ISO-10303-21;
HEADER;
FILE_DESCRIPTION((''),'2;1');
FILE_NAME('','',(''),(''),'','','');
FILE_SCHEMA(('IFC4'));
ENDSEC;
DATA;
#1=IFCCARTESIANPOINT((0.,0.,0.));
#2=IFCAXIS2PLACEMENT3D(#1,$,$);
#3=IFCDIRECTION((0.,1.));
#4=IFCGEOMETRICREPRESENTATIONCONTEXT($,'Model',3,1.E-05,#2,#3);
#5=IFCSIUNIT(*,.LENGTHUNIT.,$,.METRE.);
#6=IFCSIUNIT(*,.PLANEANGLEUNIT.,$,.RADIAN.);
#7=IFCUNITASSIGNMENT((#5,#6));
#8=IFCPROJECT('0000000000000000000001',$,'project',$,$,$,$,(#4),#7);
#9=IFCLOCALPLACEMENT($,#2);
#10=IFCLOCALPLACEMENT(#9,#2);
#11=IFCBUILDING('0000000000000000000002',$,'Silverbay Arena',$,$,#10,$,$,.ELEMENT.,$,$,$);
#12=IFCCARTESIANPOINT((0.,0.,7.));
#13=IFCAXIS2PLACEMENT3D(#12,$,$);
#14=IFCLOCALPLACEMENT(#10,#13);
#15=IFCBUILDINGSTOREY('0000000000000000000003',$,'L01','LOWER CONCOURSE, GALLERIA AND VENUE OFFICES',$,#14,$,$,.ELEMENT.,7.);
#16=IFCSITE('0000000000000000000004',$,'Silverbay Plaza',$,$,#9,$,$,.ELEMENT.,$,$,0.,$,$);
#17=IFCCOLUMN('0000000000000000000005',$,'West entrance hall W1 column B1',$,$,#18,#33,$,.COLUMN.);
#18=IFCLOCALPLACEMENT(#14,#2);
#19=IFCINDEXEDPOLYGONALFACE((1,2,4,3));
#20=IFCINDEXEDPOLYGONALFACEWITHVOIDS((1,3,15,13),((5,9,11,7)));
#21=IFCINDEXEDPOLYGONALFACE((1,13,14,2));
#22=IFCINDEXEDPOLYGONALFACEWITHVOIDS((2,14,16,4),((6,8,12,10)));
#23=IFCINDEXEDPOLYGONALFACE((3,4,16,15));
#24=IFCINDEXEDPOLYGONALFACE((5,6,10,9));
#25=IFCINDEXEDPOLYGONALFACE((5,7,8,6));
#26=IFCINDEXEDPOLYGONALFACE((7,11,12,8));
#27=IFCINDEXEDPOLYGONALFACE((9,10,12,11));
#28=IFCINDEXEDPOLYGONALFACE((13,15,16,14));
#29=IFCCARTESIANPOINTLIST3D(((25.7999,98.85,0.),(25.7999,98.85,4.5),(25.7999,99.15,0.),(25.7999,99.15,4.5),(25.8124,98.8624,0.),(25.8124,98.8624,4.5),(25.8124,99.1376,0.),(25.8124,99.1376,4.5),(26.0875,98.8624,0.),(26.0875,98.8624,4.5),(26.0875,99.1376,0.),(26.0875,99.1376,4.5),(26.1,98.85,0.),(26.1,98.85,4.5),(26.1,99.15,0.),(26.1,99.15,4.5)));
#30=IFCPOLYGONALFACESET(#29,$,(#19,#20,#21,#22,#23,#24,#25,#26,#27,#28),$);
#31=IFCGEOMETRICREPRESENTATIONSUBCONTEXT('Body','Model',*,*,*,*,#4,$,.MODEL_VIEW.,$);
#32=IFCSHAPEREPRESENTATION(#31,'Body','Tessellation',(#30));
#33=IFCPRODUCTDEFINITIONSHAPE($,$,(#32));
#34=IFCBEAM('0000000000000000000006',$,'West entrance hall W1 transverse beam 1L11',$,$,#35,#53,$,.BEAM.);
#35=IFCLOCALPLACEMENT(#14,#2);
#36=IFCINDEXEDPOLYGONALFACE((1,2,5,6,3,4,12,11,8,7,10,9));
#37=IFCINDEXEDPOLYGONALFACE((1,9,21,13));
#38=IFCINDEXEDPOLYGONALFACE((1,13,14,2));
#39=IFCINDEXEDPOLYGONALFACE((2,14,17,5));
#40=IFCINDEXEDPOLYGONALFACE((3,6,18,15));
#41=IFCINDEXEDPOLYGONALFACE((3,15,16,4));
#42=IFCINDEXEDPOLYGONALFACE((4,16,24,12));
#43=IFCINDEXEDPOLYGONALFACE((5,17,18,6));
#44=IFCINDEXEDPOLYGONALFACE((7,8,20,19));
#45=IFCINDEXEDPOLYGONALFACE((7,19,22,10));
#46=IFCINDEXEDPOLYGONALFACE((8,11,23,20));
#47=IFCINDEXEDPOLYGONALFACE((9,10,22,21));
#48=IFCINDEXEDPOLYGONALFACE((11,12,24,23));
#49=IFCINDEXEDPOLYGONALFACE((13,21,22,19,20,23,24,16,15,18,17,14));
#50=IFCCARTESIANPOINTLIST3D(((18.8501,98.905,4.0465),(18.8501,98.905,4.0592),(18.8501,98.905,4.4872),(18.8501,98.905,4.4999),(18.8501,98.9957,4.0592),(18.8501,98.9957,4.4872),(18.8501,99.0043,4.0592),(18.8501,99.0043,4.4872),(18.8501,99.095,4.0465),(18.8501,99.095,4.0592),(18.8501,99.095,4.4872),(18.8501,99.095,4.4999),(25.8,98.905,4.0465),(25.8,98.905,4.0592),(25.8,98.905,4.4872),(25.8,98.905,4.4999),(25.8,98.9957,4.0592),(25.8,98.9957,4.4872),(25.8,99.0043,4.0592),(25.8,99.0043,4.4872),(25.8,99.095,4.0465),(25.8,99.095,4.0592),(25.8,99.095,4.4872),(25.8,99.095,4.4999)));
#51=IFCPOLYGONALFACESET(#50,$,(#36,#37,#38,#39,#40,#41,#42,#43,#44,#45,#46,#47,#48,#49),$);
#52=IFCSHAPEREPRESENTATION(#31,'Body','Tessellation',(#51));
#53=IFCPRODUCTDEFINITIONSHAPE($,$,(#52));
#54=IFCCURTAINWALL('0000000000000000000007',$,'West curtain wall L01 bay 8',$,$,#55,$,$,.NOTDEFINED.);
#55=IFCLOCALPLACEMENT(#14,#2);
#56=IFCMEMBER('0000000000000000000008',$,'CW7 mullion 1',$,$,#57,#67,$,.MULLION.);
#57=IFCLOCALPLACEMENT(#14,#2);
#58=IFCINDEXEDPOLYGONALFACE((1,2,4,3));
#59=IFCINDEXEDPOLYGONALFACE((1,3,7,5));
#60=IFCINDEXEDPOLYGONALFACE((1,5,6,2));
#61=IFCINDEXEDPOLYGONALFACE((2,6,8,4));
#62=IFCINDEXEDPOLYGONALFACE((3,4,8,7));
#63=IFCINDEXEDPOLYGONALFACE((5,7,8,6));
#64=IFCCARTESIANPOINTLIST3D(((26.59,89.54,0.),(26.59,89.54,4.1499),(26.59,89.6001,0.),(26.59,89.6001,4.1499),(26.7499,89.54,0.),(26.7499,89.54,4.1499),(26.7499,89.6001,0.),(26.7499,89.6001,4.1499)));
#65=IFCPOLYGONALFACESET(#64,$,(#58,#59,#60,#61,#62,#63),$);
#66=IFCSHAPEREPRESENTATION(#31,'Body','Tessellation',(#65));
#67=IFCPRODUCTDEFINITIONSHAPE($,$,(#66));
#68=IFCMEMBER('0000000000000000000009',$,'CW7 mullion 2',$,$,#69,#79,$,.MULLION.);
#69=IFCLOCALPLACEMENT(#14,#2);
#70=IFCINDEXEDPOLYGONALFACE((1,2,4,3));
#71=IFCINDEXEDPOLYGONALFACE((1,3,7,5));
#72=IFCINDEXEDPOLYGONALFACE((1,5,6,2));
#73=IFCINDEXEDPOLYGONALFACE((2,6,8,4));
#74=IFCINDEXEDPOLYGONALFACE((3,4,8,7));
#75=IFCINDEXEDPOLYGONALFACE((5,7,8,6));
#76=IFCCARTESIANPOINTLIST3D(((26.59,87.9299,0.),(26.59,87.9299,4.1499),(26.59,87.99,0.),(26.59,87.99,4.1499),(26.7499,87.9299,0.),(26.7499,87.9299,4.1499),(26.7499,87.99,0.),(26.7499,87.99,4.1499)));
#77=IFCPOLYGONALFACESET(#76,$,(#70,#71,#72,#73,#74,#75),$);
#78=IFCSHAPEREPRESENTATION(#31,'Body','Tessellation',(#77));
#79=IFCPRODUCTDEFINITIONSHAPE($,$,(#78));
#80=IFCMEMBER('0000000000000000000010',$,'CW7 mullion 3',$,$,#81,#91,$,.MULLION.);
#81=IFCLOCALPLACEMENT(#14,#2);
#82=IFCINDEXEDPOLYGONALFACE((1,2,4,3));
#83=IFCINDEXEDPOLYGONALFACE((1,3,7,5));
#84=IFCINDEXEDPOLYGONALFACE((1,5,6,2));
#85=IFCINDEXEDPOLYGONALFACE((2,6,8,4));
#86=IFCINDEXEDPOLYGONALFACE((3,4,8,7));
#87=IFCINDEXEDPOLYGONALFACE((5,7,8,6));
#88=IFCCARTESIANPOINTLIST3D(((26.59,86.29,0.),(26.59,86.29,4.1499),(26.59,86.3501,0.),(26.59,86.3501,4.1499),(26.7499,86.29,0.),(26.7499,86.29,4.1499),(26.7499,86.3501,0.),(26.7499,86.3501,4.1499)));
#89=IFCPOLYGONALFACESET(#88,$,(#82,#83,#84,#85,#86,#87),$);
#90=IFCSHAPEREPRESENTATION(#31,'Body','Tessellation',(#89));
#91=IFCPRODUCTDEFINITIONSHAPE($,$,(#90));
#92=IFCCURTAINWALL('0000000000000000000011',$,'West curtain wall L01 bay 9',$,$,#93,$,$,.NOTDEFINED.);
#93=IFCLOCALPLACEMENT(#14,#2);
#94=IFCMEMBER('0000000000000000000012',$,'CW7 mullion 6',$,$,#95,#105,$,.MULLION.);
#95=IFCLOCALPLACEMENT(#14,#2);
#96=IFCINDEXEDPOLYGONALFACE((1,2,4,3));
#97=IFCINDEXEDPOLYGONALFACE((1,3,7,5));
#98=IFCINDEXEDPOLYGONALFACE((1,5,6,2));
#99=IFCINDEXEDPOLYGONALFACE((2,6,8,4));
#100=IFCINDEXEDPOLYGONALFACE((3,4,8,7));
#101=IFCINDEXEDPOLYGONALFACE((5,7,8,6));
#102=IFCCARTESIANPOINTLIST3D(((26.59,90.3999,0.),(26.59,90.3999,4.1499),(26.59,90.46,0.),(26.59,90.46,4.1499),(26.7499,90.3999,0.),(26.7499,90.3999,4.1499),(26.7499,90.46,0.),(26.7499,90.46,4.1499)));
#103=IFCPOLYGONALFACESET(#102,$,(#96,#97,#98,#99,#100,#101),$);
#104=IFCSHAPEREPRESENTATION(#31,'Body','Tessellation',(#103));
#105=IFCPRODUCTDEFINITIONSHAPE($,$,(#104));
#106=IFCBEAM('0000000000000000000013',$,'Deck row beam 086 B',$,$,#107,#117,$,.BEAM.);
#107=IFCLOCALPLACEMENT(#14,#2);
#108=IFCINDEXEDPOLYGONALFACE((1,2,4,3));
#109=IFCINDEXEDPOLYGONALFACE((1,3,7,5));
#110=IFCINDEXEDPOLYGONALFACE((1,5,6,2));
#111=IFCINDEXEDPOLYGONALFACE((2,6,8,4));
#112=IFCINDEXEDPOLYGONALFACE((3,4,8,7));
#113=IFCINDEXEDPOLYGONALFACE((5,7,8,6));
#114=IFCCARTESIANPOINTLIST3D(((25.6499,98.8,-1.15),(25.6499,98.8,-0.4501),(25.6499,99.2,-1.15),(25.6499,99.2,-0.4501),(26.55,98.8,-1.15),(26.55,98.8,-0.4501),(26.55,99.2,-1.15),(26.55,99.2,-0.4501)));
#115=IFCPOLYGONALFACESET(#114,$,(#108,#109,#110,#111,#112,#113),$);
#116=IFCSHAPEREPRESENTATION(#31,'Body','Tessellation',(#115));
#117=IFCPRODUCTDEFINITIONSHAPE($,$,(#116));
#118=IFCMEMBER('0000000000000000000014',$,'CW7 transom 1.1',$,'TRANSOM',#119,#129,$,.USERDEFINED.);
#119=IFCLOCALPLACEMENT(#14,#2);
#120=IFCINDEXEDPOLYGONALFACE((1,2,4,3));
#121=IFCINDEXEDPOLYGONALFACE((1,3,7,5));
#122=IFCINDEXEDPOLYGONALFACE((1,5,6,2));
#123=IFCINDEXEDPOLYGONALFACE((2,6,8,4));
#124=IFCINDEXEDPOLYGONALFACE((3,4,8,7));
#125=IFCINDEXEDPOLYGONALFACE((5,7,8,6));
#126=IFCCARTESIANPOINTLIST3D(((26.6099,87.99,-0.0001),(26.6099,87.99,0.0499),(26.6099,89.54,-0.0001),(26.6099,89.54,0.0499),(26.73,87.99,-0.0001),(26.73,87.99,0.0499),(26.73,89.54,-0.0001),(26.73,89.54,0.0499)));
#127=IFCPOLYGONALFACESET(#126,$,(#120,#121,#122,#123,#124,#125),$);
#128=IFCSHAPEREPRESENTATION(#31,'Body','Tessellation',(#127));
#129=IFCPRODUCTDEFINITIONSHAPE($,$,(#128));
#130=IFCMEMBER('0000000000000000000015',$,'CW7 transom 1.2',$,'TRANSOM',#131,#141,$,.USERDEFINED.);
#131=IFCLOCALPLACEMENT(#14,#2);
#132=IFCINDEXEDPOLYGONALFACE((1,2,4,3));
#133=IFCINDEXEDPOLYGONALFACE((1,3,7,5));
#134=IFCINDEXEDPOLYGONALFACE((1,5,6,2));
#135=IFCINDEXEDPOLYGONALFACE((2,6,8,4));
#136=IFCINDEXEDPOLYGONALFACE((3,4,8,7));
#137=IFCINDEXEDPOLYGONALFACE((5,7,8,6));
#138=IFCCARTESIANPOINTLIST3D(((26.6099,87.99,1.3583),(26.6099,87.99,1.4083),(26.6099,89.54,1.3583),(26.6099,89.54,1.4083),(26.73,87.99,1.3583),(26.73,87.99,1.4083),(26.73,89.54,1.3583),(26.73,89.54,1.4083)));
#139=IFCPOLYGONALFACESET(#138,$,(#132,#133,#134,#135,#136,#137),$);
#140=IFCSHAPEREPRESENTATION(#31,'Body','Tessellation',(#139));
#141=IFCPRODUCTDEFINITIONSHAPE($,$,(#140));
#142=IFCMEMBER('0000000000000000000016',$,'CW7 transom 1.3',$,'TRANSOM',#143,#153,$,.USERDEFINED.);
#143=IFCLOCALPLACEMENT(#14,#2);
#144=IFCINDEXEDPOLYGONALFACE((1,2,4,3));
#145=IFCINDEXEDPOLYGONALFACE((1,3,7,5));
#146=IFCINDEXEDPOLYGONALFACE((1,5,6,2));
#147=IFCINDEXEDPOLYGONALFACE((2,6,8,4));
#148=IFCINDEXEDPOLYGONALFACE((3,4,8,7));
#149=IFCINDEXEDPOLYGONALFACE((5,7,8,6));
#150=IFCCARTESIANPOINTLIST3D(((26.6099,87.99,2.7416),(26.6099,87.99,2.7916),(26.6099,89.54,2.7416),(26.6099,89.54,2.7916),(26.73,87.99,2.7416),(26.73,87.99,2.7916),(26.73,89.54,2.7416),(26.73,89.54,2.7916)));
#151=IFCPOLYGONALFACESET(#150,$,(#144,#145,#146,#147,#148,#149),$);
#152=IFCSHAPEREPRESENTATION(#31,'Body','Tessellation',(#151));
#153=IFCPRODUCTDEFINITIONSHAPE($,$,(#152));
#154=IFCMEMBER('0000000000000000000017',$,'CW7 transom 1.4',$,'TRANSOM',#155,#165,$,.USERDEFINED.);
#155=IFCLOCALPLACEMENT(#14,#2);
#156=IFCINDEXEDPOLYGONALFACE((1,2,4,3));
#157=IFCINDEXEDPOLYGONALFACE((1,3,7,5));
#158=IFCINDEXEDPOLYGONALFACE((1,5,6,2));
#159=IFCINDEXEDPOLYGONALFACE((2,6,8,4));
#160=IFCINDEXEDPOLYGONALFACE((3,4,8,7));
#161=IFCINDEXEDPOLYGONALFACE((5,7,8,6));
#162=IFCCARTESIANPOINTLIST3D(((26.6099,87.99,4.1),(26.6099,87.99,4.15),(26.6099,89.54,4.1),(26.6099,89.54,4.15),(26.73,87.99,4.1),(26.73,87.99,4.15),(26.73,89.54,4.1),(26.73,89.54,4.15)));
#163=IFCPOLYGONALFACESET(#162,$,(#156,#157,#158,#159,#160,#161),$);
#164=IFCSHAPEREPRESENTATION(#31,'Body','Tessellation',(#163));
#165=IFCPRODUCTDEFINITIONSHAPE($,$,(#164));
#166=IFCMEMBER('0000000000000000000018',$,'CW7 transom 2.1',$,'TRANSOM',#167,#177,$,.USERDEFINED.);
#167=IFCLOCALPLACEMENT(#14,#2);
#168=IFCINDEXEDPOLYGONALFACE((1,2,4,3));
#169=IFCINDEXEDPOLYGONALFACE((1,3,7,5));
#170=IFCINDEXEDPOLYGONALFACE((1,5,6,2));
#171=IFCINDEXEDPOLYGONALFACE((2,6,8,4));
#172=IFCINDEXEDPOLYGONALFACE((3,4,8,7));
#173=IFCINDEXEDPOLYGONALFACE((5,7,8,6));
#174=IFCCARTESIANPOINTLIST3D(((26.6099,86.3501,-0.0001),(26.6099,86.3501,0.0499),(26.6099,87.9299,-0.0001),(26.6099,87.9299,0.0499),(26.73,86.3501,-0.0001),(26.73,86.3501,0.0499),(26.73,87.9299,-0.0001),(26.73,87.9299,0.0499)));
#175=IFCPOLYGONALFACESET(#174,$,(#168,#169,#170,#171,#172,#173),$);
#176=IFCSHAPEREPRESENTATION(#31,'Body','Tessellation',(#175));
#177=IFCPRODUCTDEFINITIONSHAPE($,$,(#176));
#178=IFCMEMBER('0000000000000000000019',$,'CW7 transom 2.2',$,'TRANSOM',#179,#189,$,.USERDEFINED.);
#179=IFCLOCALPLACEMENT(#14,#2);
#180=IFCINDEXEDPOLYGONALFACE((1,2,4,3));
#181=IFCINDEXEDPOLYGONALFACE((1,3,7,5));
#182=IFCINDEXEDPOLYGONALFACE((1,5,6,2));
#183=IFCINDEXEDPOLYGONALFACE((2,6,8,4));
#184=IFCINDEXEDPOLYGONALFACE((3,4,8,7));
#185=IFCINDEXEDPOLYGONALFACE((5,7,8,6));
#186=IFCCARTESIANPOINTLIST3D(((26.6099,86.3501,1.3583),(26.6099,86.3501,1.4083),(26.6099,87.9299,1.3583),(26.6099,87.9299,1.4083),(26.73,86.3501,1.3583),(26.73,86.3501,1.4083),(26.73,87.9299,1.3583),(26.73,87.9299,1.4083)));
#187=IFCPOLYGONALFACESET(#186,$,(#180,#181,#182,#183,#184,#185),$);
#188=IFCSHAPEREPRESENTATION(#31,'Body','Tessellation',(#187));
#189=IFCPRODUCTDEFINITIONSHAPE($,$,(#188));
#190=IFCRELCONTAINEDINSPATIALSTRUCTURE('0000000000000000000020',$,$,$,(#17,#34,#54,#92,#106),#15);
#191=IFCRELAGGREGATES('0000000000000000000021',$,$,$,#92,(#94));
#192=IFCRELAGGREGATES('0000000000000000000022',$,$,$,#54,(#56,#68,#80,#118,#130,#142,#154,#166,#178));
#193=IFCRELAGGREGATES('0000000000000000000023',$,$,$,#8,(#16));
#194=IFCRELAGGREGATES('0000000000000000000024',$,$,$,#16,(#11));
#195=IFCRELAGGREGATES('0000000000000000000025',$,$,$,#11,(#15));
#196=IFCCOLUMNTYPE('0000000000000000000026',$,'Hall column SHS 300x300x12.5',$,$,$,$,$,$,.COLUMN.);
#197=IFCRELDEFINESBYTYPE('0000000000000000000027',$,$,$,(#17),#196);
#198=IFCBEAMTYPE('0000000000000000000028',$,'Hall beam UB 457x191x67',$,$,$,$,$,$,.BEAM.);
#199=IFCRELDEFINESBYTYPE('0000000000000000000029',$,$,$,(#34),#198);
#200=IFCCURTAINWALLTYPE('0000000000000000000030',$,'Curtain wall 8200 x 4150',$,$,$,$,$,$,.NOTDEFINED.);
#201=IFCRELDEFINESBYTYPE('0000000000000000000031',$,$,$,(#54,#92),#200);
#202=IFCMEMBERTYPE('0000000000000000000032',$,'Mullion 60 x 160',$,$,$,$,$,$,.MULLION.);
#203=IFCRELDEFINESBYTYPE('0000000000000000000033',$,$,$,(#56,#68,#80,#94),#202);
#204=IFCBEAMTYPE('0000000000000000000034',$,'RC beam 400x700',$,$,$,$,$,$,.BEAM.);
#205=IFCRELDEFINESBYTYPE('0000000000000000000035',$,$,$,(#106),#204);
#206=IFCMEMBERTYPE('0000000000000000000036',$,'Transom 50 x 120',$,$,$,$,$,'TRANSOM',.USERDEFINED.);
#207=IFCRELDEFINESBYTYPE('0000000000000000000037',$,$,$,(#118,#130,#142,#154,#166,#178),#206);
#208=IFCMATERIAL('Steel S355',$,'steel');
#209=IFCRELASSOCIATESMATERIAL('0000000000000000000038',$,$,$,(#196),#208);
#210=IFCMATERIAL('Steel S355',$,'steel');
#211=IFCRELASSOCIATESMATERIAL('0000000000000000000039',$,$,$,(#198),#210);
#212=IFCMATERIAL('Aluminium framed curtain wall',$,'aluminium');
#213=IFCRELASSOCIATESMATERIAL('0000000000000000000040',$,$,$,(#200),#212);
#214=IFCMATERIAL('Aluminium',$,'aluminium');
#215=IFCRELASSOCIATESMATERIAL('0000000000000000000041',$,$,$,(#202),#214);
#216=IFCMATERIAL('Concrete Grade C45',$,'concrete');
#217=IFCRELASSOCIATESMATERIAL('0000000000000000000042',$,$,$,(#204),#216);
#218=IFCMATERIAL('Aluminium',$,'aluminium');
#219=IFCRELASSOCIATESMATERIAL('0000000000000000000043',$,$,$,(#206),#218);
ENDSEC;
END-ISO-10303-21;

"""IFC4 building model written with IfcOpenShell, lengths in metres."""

from ifc_helpers import new_model, si_unit, direction, frame, origin, origin_2d, place, context, subcontext, project, spatial, rectangle, hollow_rectangle, i_section, extrude, material, material_profile, profile_set, type_object, element, aggregate, save


model = new_model("IFC4")

# Units and contexts
model_context = context("Model", 3, precision=1e-05, world=origin(), true_north=direction((0.0, 1.0)))
body_context = subcontext(model_context, "Body", "Model", "MODEL_VIEW")
ifc_project = project(units=[si_unit("LENGTHUNIT", "METRE"), si_unit("PLANEANGLEUNIT", "RADIAN")], contexts=[model_context])

# Site, building, storey
site_placement = place(None, origin())
site = spatial("IfcSite", under=ifc_project, at=site_placement, Name="Silverbay Plaza", CompositionType="ELEMENT", RefElevation=0.0)
building_placement = place(site_placement, origin())
building = spatial("IfcBuilding", under=site, at=building_placement, Name="Silverbay Arena", CompositionType="ELEMENT")
storey_placement = place(building_placement, frame((0.0, 0.0, 7.0)))
storey = spatial("IfcBuildingStorey", under=building, at=storey_placement, Name="L01", Description="LOWER CONCOURSE, GALLERIA AND VENUE OFFICES", CompositionType="ELEMENT", Elevation=7.0)

# Column
ifc_material_1 = material(Name="Steel S355", Category="steel")
ifc_material_profile_1 = material_profile(ifc_material_1, hollow_rectangle(XDim=0.3, YDim=0.3, WallThickness=0.0125, at=origin_2d()), Name="SHS 300x300x12.5")
ifc_profile_set_1 = profile_set([ifc_material_profile_1], Name="Steel S355")
column_type = type_object("IfcColumnType", Name="Hall column SHS 300x300x12.5", PredefinedType="COLUMN", material=ifc_profile_set_1)
column_placement = place(storey_placement, frame((25.95, 99.0, 0.0), z_axis=(0.0, 0.0, 1.0), x_axis=(1.0, 0.0, 0.0)))
element("IfcColumn", 1, at=column_placement, inside=storey, type_object=column_type, Name="West entrance hall W1 column B1", PredefinedType="COLUMN", context=body_context, shape_type="SweptSolid", body=[
    extrude(hollow_rectangle(XDim=0.3, YDim=0.3, WallThickness=0.0125, at=origin_2d()), origin(), (0.0, 0.0, 1.0), 4.5),
])

# Beam
ifc_material_2 = material(Name="Steel S355", Category="steel")
ifc_material_profile_2 = material_profile(ifc_material_2, i_section(OverallWidth=0.1899, OverallDepth=0.4534, WebThickness=0.0085, FlangeThickness=0.0127, at=origin_2d()), Name="UB 457x191x67")
ifc_profile_set_2 = profile_set([ifc_material_profile_2], Name="Steel S355")
beam_type_1 = type_object("IfcBeamType", Name="Hall beam UB 457x191x67", PredefinedType="BEAM", material=ifc_profile_set_2)
beam_1_placement = place(storey_placement, frame((25.8, 99.0, 4.2732), z_axis=(-1.0, 0.0, 0.0), x_axis=(0.0, -1.0, 0.0)))
element("IfcBeam", 2, at=beam_1_placement, inside=storey, type_object=beam_type_1, Name="West entrance hall W1 transverse beam 1L11", PredefinedType="BEAM", context=body_context, shape_type="SweptSolid", body=[
    extrude(i_section(OverallWidth=0.1899, OverallDepth=0.4534, WebThickness=0.0085, FlangeThickness=0.0127, at=origin_2d()), origin(), (0.0, 0.0, 1.0), 6.95),
])

# Curtain wall, members
ifc_material_3 = material(Name="Aluminium framed curtain wall", Category="aluminium")
curtain_wall_type = type_object("IfcCurtainWallType", Name="Curtain wall 8200 x 4150", PredefinedType="NOTDEFINED", material=ifc_material_3)
curtain_wall_1_placement = place(storey_placement, origin())
curtain_wall_1 = element("IfcCurtainWall", 3, at=curtain_wall_1_placement, inside=storey, type_object=curtain_wall_type, Name="West curtain wall L01 bay 8", PredefinedType="NOTDEFINED")
ifc_material_4 = material(Name="Aluminium", Category="aluminium")
ifc_material_profile_3 = material_profile(ifc_material_4, rectangle(XDim=0.1599, YDim=0.0601, at=origin_2d()), Name="Mullion 60 x 160")
ifc_profile_set_3 = profile_set([ifc_material_profile_3], Name="Aluminium")
member_type_1 = type_object("IfcMemberType", Name="Mullion 60 x 160", PredefinedType="MULLION", material=ifc_profile_set_3)
member_1_placement = place(storey_placement, frame((26.6699, 89.5701, 0.0), z_axis=(0.0, 0.0, 1.0), x_axis=(1.0, 0.0, 0.0)))
member_1 = element("IfcMember", 4, at=member_1_placement, type_object=member_type_1, Name="CW7 mullion 1", PredefinedType="MULLION", context=body_context, shape_type="SweptSolid", body=[
    extrude(rectangle(XDim=0.1599, YDim=0.0601, at=origin_2d()), origin(), (0.0, 0.0, 1.0), 4.1499),
])
member_2_placement = place(storey_placement, frame((26.6699, 87.96, 0.0), z_axis=(0.0, 0.0, 1.0), x_axis=(1.0, 0.0, 0.0)))
member_2 = element("IfcMember", 5, at=member_2_placement, type_object=member_type_1, Name="CW7 mullion 2", PredefinedType="MULLION", context=body_context, shape_type="SweptSolid", body=[
    extrude(rectangle(XDim=0.1599, YDim=0.0601, at=origin_2d()), origin(), (0.0, 0.0, 1.0), 4.1499),
])
member_3_placement = place(storey_placement, frame((26.6699, 86.3201, 0.0), z_axis=(0.0, 0.0, 1.0), x_axis=(1.0, 0.0, 0.0)))
member_3 = element("IfcMember", 6, at=member_3_placement, type_object=member_type_1, Name="CW7 mullion 3", PredefinedType="MULLION", context=body_context, shape_type="SweptSolid", body=[
    extrude(rectangle(XDim=0.1599, YDim=0.0601, at=origin_2d()), origin(), (0.0, 0.0, 1.0), 4.1499),
])

# Curtain wall, member
curtain_wall_2_placement = place(storey_placement, origin())
curtain_wall_2 = element("IfcCurtainWall", 7, at=curtain_wall_2_placement, inside=storey, type_object=curtain_wall_type, Name="West curtain wall L01 bay 9", PredefinedType="NOTDEFINED")
member_4_placement = place(storey_placement, frame((26.6699, 90.4299, 0.0), z_axis=(0.0, 0.0, 1.0), x_axis=(1.0, 0.0, 0.0)))
member_4 = element("IfcMember", 8, at=member_4_placement, type_object=member_type_1, Name="CW7 mullion 6", PredefinedType="MULLION", context=body_context, shape_type="SweptSolid", body=[
    extrude(rectangle(XDim=0.1599, YDim=0.0601, at=origin_2d()), origin(), (0.0, 0.0, 1.0), 4.1499),
])
aggregate(curtain_wall_2, [member_4])

# Beam
ifc_material_5 = material(Name="Concrete Grade C45", Category="concrete")
ifc_material_profile_4 = material_profile(ifc_material_5, rectangle(XDim=0.3999, YDim=0.7, at=origin_2d()), Name="RC 400x700")
ifc_profile_set_4 = profile_set([ifc_material_profile_4], Name="Concrete Grade C45")
beam_type_2 = type_object("IfcBeamType", Name="RC beam 400x700", PredefinedType="BEAM", material=ifc_profile_set_4)
beam_2_placement = place(storey_placement, frame((25.6499, 99.0, -0.8), z_axis=(1.0, 0.0, 0.0), x_axis=(0.0, 1.0, 0.0)))
element("IfcBeam", 9, at=beam_2_placement, inside=storey, type_object=beam_type_2, Name="Deck row beam 086 B", PredefinedType="BEAM", context=body_context, shape_type="SweptSolid", body=[
    extrude(rectangle(XDim=0.3999, YDim=0.7, at=origin_2d()), origin(), (0.0, 0.0, 1.0), 0.9001),
])

# Members
ifc_material_6 = material(Name="Aluminium", Category="aluminium")
ifc_material_profile_5 = material_profile(ifc_material_6, rectangle(XDim=0.1201, YDim=0.05, at=origin_2d()), Name="Transom 50 x 120")
ifc_profile_set_5 = profile_set([ifc_material_profile_5], Name="Aluminium")
member_type_2 = type_object("IfcMemberType", Name="Transom 50 x 120", ElementType="TRANSOM", PredefinedType="USERDEFINED", material=ifc_profile_set_5)
member_5_placement = place(storey_placement, frame((26.6699, 89.54, 0.0249), z_axis=(0.0, -1.0, 0.0), x_axis=(1.0, 0.0, 0.0)))
member_5 = element("IfcMember", 10, at=member_5_placement, type_object=member_type_2, Name="CW7 transom 1.1", ObjectType="TRANSOM", PredefinedType="USERDEFINED", context=body_context, shape_type="SweptSolid", body=[
    extrude(rectangle(XDim=0.1201, YDim=0.05, at=origin_2d()), origin(), (0.0, 0.0, 1.0), 1.55),
])
member_6_placement = place(storey_placement, frame((26.6699, 89.54, 1.3833), z_axis=(0.0, -1.0, 0.0), x_axis=(1.0, 0.0, 0.0)))
member_6 = element("IfcMember", 11, at=member_6_placement, type_object=member_type_2, Name="CW7 transom 1.2", ObjectType="TRANSOM", PredefinedType="USERDEFINED", context=body_context, shape_type="SweptSolid", body=[
    extrude(rectangle(XDim=0.1201, YDim=0.05, at=origin_2d()), origin(), (0.0, 0.0, 1.0), 1.55),
])
member_7_placement = place(storey_placement, frame((26.6699, 89.54, 2.7666), z_axis=(0.0, -1.0, 0.0), x_axis=(1.0, 0.0, 0.0)))
member_7 = element("IfcMember", 12, at=member_7_placement, type_object=member_type_2, Name="CW7 transom 1.3", ObjectType="TRANSOM", PredefinedType="USERDEFINED", context=body_context, shape_type="SweptSolid", body=[
    extrude(rectangle(XDim=0.1201, YDim=0.05, at=origin_2d()), origin(), (0.0, 0.0, 1.0), 1.55),
])
member_8_placement = place(storey_placement, frame((26.6699, 89.54, 4.125), z_axis=(0.0, -1.0, 0.0), x_axis=(1.0, 0.0, 0.0)))
member_8 = element("IfcMember", 13, at=member_8_placement, type_object=member_type_2, Name="CW7 transom 1.4", ObjectType="TRANSOM", PredefinedType="USERDEFINED", context=body_context, shape_type="SweptSolid", body=[
    extrude(rectangle(XDim=0.1201, YDim=0.05, at=origin_2d()), origin(), (0.0, 0.0, 1.0), 1.55),
])
member_9_placement = place(storey_placement, frame((26.6699, 87.9299, 0.0249), z_axis=(0.0, -1.0, 0.0), x_axis=(1.0, 0.0, 0.0)))
member_9 = element("IfcMember", 14, at=member_9_placement, type_object=member_type_2, Name="CW7 transom 2.1", ObjectType="TRANSOM", PredefinedType="USERDEFINED", context=body_context, shape_type="SweptSolid", body=[
    extrude(rectangle(XDim=0.1201, YDim=0.05, at=origin_2d()), origin(), (0.0, 0.0, 1.0), 1.5798),
])
member_10_placement = place(storey_placement, frame((26.6699, 87.9299, 1.3833), z_axis=(0.0, -1.0, 0.0), x_axis=(1.0, 0.0, 0.0)))
member_10 = element("IfcMember", 15, at=member_10_placement, type_object=member_type_2, Name="CW7 transom 2.2", ObjectType="TRANSOM", PredefinedType="USERDEFINED", context=body_context, shape_type="SweptSolid", body=[
    extrude(rectangle(XDim=0.1201, YDim=0.05, at=origin_2d()), origin(), (0.0, 0.0, 1.0), 1.5798),
])

aggregate(curtain_wall_1, [member_1, member_2, member_3, member_5, member_6, member_7, member_8, member_9, member_10])

save(model, "model.ifc")
